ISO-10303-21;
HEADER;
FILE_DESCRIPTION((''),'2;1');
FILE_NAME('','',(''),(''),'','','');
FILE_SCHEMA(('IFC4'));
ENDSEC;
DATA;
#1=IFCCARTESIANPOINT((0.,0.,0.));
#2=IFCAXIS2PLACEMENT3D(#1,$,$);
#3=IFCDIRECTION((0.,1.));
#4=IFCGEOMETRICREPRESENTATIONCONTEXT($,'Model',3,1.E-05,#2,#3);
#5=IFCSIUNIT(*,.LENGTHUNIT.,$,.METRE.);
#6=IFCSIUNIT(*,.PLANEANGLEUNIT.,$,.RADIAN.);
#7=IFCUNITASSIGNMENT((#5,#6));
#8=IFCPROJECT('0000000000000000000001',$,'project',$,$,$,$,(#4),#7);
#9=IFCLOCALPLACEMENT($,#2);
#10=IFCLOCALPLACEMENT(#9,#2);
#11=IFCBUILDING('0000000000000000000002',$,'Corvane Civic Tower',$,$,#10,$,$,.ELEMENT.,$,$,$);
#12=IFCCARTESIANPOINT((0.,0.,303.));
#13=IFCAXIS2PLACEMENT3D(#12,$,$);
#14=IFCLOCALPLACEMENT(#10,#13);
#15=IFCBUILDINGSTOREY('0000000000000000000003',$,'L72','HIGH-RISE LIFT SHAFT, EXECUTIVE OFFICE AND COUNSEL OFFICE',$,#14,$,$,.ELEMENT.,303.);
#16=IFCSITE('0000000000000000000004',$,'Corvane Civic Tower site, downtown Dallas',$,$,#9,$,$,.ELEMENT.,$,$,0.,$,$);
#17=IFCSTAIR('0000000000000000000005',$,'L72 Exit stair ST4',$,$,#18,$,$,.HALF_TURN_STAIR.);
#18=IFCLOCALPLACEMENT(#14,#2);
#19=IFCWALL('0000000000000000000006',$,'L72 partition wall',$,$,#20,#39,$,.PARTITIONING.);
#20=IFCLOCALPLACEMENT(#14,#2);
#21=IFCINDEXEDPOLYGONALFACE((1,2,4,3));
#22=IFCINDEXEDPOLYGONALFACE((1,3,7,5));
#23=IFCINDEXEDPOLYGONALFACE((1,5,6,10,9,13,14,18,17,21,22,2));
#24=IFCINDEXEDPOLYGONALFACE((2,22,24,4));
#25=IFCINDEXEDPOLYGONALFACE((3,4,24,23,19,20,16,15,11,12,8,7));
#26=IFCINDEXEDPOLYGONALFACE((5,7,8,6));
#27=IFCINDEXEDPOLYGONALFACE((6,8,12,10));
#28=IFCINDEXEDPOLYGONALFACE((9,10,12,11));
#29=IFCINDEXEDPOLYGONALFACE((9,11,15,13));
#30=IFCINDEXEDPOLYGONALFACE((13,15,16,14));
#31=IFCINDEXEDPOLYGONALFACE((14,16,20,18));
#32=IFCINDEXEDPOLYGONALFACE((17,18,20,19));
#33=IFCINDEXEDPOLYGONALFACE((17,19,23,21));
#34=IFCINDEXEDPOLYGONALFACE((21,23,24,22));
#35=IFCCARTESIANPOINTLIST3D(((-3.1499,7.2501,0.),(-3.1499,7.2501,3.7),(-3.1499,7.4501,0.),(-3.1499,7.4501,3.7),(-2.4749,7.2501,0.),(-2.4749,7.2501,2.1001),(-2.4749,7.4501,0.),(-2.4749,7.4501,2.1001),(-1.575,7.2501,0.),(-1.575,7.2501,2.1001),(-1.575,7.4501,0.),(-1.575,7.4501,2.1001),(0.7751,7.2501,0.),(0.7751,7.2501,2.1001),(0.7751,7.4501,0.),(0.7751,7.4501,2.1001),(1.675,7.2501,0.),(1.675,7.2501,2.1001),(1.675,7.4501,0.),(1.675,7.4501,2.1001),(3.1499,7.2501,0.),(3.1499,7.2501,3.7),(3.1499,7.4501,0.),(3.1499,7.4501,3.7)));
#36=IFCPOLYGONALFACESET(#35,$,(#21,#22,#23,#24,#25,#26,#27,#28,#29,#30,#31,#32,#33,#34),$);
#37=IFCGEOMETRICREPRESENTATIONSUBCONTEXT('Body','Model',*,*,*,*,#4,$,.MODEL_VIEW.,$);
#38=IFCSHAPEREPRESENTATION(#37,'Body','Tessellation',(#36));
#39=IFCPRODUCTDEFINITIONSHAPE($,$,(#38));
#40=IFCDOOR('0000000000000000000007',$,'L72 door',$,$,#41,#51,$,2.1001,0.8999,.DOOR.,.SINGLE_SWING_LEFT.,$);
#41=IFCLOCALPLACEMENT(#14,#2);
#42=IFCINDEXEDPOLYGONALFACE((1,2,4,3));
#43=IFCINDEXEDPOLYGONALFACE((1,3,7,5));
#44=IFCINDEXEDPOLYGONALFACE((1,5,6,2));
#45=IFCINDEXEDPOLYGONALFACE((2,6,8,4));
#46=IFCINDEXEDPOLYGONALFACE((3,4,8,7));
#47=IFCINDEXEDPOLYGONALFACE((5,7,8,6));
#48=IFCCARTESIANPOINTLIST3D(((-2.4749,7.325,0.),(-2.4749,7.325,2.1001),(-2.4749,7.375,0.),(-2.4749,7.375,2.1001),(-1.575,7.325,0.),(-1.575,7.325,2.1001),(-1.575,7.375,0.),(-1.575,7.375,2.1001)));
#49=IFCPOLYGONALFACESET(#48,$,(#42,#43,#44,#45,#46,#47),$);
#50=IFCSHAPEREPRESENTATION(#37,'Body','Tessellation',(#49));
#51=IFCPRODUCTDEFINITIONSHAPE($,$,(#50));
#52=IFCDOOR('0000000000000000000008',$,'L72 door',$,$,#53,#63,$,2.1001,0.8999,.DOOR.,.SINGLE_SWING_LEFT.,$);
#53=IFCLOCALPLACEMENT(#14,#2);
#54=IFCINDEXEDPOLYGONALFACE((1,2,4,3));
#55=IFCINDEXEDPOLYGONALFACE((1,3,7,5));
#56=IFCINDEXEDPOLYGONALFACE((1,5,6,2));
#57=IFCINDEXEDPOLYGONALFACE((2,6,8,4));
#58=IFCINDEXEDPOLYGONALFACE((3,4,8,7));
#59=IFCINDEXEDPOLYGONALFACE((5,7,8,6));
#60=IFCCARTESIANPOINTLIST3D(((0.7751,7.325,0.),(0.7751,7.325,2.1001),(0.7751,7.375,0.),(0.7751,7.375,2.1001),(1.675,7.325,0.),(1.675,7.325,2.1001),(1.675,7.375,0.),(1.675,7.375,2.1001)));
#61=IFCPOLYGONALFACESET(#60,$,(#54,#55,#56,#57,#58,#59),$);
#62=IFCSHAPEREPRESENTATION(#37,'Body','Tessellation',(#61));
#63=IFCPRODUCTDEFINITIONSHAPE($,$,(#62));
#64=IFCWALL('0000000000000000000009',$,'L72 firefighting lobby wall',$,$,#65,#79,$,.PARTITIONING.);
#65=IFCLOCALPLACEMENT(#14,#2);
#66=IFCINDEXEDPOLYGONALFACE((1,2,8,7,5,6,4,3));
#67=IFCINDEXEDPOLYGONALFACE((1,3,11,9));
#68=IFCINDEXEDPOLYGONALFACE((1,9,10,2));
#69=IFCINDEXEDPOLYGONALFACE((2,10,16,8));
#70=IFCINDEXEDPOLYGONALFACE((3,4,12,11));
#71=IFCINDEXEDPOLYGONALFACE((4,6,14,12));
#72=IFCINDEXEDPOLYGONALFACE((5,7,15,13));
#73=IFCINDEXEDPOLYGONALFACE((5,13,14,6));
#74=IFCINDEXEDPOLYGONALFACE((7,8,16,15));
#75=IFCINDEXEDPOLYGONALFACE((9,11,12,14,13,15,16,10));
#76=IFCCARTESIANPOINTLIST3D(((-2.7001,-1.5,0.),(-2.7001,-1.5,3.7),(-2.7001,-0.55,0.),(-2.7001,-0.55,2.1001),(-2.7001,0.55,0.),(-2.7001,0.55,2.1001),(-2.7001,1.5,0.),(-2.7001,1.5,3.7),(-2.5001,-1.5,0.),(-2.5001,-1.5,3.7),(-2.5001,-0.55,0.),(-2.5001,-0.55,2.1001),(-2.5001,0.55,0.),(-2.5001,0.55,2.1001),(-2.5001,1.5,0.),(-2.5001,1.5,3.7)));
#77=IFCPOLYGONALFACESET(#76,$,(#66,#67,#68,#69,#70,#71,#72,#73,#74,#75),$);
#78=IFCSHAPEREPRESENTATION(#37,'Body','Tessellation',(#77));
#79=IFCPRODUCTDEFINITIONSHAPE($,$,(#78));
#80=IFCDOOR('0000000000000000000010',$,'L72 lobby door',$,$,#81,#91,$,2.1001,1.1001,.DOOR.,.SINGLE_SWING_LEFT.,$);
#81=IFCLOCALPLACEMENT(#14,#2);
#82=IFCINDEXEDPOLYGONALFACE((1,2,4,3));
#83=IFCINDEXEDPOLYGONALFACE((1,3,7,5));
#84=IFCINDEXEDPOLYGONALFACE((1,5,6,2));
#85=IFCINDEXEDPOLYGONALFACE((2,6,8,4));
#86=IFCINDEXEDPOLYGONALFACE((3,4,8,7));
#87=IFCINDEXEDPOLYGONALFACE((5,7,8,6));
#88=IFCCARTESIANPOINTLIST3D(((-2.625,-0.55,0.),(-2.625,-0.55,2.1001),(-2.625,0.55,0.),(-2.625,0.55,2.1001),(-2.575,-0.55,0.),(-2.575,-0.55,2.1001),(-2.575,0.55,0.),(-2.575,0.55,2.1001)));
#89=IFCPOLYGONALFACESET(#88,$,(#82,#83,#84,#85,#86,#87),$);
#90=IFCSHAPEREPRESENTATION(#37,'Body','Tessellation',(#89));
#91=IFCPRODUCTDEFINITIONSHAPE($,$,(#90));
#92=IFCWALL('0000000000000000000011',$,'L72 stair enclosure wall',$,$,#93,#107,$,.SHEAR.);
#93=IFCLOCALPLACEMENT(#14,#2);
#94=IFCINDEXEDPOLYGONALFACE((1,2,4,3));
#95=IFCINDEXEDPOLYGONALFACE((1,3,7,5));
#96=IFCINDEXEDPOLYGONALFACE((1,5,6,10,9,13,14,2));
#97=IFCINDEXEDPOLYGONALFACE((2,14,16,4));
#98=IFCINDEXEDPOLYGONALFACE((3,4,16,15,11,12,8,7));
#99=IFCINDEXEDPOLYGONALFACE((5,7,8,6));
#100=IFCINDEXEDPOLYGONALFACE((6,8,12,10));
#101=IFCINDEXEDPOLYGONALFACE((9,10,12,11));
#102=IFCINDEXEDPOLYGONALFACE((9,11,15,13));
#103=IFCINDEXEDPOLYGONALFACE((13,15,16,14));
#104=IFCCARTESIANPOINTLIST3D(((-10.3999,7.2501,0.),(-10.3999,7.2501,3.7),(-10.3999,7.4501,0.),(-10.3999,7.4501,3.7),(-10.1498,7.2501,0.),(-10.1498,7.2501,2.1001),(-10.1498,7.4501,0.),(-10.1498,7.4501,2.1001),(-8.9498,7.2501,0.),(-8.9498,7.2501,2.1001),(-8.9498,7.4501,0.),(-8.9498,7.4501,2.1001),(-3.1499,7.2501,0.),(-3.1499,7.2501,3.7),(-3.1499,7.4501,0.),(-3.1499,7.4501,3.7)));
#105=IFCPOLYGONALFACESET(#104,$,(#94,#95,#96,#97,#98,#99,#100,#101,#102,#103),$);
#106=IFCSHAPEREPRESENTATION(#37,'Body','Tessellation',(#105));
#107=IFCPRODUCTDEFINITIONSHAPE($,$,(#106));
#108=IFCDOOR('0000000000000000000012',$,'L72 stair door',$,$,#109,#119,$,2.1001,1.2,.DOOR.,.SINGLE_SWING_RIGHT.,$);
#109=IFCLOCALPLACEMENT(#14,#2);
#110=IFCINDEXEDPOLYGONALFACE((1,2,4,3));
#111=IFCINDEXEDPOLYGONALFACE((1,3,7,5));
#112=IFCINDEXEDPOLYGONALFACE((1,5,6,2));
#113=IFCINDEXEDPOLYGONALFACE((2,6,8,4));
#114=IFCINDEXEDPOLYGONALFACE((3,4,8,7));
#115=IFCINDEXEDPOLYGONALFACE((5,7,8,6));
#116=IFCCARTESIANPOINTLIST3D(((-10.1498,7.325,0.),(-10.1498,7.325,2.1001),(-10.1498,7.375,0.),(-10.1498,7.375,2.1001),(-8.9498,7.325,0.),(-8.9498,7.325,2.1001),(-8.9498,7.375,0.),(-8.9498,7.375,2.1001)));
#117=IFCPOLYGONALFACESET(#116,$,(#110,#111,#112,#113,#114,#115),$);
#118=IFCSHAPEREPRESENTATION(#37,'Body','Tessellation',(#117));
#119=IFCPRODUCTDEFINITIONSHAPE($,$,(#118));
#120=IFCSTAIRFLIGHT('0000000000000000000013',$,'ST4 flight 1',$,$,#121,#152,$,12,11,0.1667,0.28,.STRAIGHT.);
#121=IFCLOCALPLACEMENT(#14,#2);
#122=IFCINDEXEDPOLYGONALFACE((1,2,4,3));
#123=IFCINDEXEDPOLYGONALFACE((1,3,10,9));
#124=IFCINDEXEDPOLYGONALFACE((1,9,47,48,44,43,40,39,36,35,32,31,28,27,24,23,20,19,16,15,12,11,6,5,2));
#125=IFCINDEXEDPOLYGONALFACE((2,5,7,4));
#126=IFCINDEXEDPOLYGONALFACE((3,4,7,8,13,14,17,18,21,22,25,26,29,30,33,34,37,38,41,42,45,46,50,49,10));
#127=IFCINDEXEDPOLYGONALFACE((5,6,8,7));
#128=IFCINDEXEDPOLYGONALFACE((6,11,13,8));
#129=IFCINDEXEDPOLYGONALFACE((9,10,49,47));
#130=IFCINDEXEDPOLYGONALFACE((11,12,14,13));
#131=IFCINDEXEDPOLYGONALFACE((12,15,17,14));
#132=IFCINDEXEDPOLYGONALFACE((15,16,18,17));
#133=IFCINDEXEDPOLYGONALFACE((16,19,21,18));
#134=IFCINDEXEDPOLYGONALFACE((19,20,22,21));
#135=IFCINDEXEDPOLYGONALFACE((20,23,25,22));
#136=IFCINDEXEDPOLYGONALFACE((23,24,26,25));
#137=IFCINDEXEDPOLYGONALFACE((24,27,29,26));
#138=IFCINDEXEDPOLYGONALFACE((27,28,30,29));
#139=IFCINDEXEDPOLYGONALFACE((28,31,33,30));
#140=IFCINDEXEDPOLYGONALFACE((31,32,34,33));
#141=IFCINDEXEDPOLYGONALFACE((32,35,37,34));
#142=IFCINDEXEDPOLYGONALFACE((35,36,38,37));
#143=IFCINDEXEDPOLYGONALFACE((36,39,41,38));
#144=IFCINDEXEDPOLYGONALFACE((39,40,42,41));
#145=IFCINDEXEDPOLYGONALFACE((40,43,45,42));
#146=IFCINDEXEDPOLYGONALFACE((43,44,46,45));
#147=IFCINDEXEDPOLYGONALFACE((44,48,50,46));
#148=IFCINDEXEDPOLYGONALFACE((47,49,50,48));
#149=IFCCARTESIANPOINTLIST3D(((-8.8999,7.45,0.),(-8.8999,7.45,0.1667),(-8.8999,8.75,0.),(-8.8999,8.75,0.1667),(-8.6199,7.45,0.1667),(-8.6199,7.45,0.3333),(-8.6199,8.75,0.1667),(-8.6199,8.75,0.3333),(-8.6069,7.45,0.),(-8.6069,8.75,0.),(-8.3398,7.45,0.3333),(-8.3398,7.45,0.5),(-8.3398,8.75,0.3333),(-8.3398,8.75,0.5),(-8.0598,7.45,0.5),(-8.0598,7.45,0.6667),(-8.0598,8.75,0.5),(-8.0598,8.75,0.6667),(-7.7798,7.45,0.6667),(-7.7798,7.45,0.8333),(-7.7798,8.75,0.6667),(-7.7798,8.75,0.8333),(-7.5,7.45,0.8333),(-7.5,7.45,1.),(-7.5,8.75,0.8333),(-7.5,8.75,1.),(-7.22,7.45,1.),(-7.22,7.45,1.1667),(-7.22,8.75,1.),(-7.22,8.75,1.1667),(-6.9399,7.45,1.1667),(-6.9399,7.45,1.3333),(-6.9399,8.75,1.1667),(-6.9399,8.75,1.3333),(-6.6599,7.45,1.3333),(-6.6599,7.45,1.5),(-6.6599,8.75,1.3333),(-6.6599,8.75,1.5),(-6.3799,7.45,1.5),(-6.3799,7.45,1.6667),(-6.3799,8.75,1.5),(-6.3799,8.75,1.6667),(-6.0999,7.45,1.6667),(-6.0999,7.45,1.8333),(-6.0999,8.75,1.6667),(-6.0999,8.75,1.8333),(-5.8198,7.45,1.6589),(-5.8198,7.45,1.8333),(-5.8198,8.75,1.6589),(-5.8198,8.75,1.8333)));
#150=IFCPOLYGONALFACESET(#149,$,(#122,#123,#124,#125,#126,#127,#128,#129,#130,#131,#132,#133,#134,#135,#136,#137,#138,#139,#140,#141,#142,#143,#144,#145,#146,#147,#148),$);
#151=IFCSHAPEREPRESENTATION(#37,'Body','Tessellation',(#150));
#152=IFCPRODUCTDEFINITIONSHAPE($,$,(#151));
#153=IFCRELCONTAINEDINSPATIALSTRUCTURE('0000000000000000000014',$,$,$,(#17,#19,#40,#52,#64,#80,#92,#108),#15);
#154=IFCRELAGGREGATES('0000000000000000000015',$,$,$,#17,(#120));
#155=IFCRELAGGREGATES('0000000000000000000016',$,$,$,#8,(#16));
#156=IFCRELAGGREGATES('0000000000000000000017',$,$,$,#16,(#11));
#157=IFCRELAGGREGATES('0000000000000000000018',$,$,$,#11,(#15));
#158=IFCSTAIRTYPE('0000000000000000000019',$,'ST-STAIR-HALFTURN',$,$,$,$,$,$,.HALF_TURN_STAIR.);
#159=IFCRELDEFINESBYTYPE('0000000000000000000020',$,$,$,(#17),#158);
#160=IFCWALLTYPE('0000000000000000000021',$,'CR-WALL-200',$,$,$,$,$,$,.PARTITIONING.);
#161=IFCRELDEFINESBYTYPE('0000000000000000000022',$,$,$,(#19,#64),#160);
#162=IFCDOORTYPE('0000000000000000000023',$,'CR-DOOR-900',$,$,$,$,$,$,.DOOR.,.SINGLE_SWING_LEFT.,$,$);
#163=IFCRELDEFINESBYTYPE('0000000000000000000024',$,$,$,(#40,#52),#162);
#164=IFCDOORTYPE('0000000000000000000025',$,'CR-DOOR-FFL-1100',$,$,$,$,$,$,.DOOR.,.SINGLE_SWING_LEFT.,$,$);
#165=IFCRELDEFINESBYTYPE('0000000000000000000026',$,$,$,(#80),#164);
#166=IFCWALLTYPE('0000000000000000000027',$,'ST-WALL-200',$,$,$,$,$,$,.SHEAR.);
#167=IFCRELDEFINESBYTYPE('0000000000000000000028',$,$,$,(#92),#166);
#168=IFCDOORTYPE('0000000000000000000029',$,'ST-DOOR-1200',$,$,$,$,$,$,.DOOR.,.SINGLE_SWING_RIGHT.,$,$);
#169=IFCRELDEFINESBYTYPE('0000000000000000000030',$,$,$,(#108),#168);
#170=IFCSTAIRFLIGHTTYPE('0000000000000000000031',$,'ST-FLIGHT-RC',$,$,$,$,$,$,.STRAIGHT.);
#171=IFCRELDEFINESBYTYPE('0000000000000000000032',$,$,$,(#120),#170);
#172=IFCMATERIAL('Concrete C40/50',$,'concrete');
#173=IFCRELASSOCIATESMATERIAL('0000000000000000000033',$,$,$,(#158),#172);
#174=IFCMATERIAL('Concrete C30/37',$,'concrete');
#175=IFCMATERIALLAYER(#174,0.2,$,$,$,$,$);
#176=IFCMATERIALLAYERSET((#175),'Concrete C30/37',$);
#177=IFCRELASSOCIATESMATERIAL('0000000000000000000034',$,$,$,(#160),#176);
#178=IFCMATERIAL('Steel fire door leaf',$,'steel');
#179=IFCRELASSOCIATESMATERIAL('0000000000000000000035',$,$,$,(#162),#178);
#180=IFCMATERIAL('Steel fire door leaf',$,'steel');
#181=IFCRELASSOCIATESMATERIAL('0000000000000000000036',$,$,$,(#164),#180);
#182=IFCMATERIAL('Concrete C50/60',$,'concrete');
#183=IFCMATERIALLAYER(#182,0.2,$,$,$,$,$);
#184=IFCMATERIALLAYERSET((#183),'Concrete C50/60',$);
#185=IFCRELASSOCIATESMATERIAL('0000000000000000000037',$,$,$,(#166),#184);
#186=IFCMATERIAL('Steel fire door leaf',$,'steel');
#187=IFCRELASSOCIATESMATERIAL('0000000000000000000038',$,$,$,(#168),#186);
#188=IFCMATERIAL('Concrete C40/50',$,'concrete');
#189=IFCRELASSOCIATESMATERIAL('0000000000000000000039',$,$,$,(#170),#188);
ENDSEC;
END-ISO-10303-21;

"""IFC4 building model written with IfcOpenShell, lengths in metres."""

from ifc_helpers import new_model, si_unit, direction, frame, frame_2d, origin, place, context, subcontext, project, spatial, polyline, rectangle, outline, extrude, material, layer, layer_set, type_object, element, fill, aggregate, save


model = new_model("IFC4")

# Units and contexts
model_context = context("Model", 3, precision=1e-05, world=origin(), true_north=direction((0.0, 1.0)))
body_context = subcontext(model_context, "Body", "Model", "MODEL_VIEW")
ifc_project = project(units=[si_unit("LENGTHUNIT", "METRE"), si_unit("PLANEANGLEUNIT", "RADIAN")], contexts=[model_context])

# Site, building, storey
site_placement = place(None, origin())
site = spatial("IfcSite", under=ifc_project, at=site_placement, Name="Corvane Civic Tower site, downtown Dallas", CompositionType="ELEMENT", RefElevation=0.0)
building_placement = place(site_placement, origin())
building = spatial("IfcBuilding", under=site, at=building_placement, Name="Corvane Civic Tower", CompositionType="ELEMENT")
storey_placement = place(building_placement, frame((0.0, 0.0, 303.0)))
storey = spatial("IfcBuildingStorey", under=building, at=storey_placement, Name="L72", Description="HIGH-RISE LIFT SHAFT, EXECUTIVE OFFICE AND COUNSEL OFFICE", CompositionType="ELEMENT", Elevation=303.0)

# Stair
ifc_material_1 = material(Name="Concrete C40/50", Category="concrete")
stair_type = type_object("IfcStairType", Name="ST-STAIR-HALFTURN", PredefinedType="HALF_TURN_STAIR", material=ifc_material_1)
stair_1_placement = place(storey_placement, origin())
stair_1 = element("IfcStair", 1, at=stair_1_placement, inside=storey, type_object=stair_type, Name="L72 Exit stair ST4", PredefinedType="HALF_TURN_STAIR")

# Wall, openings, doors
ifc_material_2 = material(Name="Concrete C30/37", Category="concrete")
ifc_layer_1 = layer(ifc_material_2, 0.2)
ifc_layer_set_1 = layer_set([ifc_layer_1], Name="Concrete C30/37")
wall_type_1 = type_object("IfcWallType", Name="CR-WALL-200", PredefinedType="PARTITIONING", material=ifc_layer_set_1)
ifc_material_3 = material(Name="Steel fire door leaf", Category="steel")
door_type_1 = type_object("IfcDoorType", Name="CR-DOOR-900", OperationType="SINGLE_SWING_LEFT", PredefinedType="DOOR", material=ifc_material_3)
wall_1_placement = place(storey_placement, frame((-3.1499, 7.3501, 0.0), z_axis=(0.0, 0.0, 1.0), x_axis=(1.0, 0.0, 0.0)))
wall_1 = element("IfcWall", 2, at=wall_1_placement, inside=storey, type_object=wall_type_1, Name="L72 partition wall", PredefinedType="PARTITIONING", context=body_context, shape_type="SweptSolid", body=[
    extrude(rectangle(XDim=6.2998, YDim=0.2, at=frame_2d((3.1499, 0.0))), origin(), (0.0, 0.0, 1.0), 3.7),
])
opening_1_placement = place(wall_1_placement, frame((0.675, 0.0, 0.0)))
opening_1 = element("IfcOpeningElement", 3, at=opening_1_placement, cuts=wall_1, PredefinedType="OPENING", context=body_context, shape_type="SweptSolid", body=[
    extrude(rectangle(XDim=0.8999, YDim=2.1001, at=frame_2d((0.45, 1.05))), frame((0.0, 0.1099, 0.0), z_axis=(0.0, -1.0, 0.0), x_axis=(1.0, 0.0, 0.0)), (0.0, 0.0, 1.0), 0.22),
])
opening_2_placement = place(wall_1_placement, frame((3.925, 0.0, 0.0)))
opening_2 = element("IfcOpeningElement", 4, at=opening_2_placement, cuts=wall_1, PredefinedType="OPENING", context=body_context, shape_type="SweptSolid", body=[
    extrude(rectangle(XDim=0.8999, YDim=2.1001, at=frame_2d((0.45, 1.05))), frame((0.0, 0.1099, 0.0), z_axis=(0.0, -1.0, 0.0), x_axis=(1.0, 0.0, 0.0)), (0.0, 0.0, 1.0), 0.22),
])
door_1_placement = place(opening_1_placement, origin())
door_1 = element("IfcDoor", 5, at=door_1_placement, inside=storey, type_object=door_type_1, Name="L72 door", OperationType="SINGLE_SWING_LEFT", OverallHeight=2.1001, OverallWidth=0.8999, PredefinedType="DOOR", context=body_context, shape_type="SweptSolid", body=[
    extrude(rectangle(XDim=0.8999, YDim=2.1001, at=frame_2d((0.45, 1.05))), frame((0.0, 0.0249, 0.0), z_axis=(0.0, -1.0, 0.0), x_axis=(1.0, 0.0, 0.0)), (0.0, 0.0, 1.0), 0.05),
])
fill(opening_1, door_1)
door_2_placement = place(opening_2_placement, origin())
door_2 = element("IfcDoor", 6, at=door_2_placement, inside=storey, type_object=door_type_1, Name="L72 door", OperationType="SINGLE_SWING_LEFT", OverallHeight=2.1001, OverallWidth=0.8999, PredefinedType="DOOR", context=body_context, shape_type="SweptSolid", body=[
    extrude(rectangle(XDim=0.8999, YDim=2.1001, at=frame_2d((0.45, 1.05))), frame((0.0, 0.0249, 0.0), z_axis=(0.0, -1.0, 0.0), x_axis=(1.0, 0.0, 0.0)), (0.0, 0.0, 1.0), 0.05),
])
fill(opening_2, door_2)

# Walls, openings, doors
wall_2_placement = place(storey_placement, frame((-2.6001, -1.5, 0.0), z_axis=(0.0, 0.0, 1.0), x_axis=(0.0, 1.0, 0.0)))
wall_2 = element("IfcWall", 7, at=wall_2_placement, inside=storey, type_object=wall_type_1, Name="L72 firefighting lobby wall", PredefinedType="PARTITIONING", context=body_context, shape_type="SweptSolid", body=[
    extrude(rectangle(XDim=3.0, YDim=0.2, at=frame_2d((1.5, 0.0))), origin(), (0.0, 0.0, 1.0), 3.7),
])
opening_3_placement = place(wall_2_placement, frame((0.95, 0.0, 0.0)))
opening_3 = element("IfcOpeningElement", 8, at=opening_3_placement, cuts=wall_2, PredefinedType="OPENING", context=body_context, shape_type="SweptSolid", body=[
    extrude(rectangle(XDim=1.1001, YDim=2.1001, at=frame_2d((0.55, 1.05))), frame((0.0, 0.1099, 0.0), z_axis=(0.0, -1.0, 0.0), x_axis=(1.0, 0.0, 0.0)), (0.0, 0.0, 1.0), 0.22),
])
ifc_material_4 = material(Name="Steel fire door leaf", Category="steel")
door_type_2 = type_object("IfcDoorType", Name="CR-DOOR-FFL-1100", OperationType="SINGLE_SWING_LEFT", PredefinedType="DOOR", material=ifc_material_4)
door_3_placement = place(opening_3_placement, origin())
door_3 = element("IfcDoor", 9, at=door_3_placement, inside=storey, type_object=door_type_2, Name="L72 lobby door", OperationType="SINGLE_SWING_LEFT", OverallHeight=2.1001, OverallWidth=1.1001, PredefinedType="DOOR", context=body_context, shape_type="SweptSolid", body=[
    extrude(rectangle(XDim=1.1001, YDim=2.1001, at=frame_2d((0.55, 1.05))), frame((0.0, 0.0249, 0.0), z_axis=(0.0, -1.0, 0.0), x_axis=(1.0, 0.0, 0.0)), (0.0, 0.0, 1.0), 0.05),
])
fill(opening_3, door_3)
ifc_material_5 = material(Name="Concrete C50/60", Category="concrete")
ifc_layer_2 = layer(ifc_material_5, 0.2)
ifc_layer_set_2 = layer_set([ifc_layer_2], Name="Concrete C50/60")
wall_type_2 = type_object("IfcWallType", Name="ST-WALL-200", PredefinedType="SHEAR", material=ifc_layer_set_2)
wall_3_placement = place(storey_placement, frame((-10.3999, 7.3501, 0.0), z_axis=(0.0, 0.0, 1.0), x_axis=(1.0, 0.0, 0.0)))
wall_3 = element("IfcWall", 10, at=wall_3_placement, inside=storey, type_object=wall_type_2, Name="L72 stair enclosure wall", PredefinedType="SHEAR", context=body_context, shape_type="SweptSolid", body=[
    extrude(rectangle(XDim=7.25, YDim=0.2, at=frame_2d((3.625, 0.0))), origin(), (0.0, 0.0, 1.0), 3.7),
])
opening_4_placement = place(wall_3_placement, frame((0.25, 0.0, 0.0)))
opening_4 = element("IfcOpeningElement", 11, at=opening_4_placement, cuts=wall_3, PredefinedType="OPENING", context=body_context, shape_type="SweptSolid", body=[
    extrude(rectangle(XDim=1.2, YDim=2.1001, at=frame_2d((0.6001, 1.05))), frame((0.0, 0.1099, 0.0), z_axis=(0.0, -1.0, 0.0), x_axis=(1.0, 0.0, 0.0)), (0.0, 0.0, 1.0), 0.22),
])
ifc_material_6 = material(Name="Steel fire door leaf", Category="steel")
door_type_3 = type_object("IfcDoorType", Name="ST-DOOR-1200", OperationType="SINGLE_SWING_RIGHT", PredefinedType="DOOR", material=ifc_material_6)
door_4_placement = place(opening_4_placement, origin())
door_4 = element("IfcDoor", 12, at=door_4_placement, inside=storey, type_object=door_type_3, Name="L72 stair door", OperationType="SINGLE_SWING_RIGHT", OverallHeight=2.1001, OverallWidth=1.2, PredefinedType="DOOR", context=body_context, shape_type="SweptSolid", body=[
    extrude(rectangle(XDim=1.2, YDim=2.1001, at=frame_2d((0.6001, 1.05))), frame((0.0, 0.0249, 0.0), z_axis=(0.0, -1.0, 0.0), x_axis=(1.0, 0.0, 0.0)), (0.0, 0.0, 1.0), 0.05),
])
fill(opening_4, door_4)

# Stair flight
ifc_material_7 = material(Name="Concrete C40/50", Category="concrete")
stair_flight_type = type_object("IfcStairFlightType", Name="ST-FLIGHT-RC", PredefinedType="STRAIGHT", material=ifc_material_7)
stair_flight_1_placement = place(storey_placement, frame((-8.8999, 8.1001, 0.0), z_axis=(0.0, 0.0, 1.0), x_axis=(1.0, 0.0, 0.0)))
stair_flight_1 = element("IfcStairFlight", 13, at=stair_flight_1_placement, type_object=stair_flight_type, Name="ST4 flight 1", NumberOfRisers=12, NumberOfTreads=11, PredefinedType="STRAIGHT", RiserHeight=0.1667, TreadLength=0.28, context=body_context, shape_type="SweptSolid", body=[
    extrude(outline(polyline([(0.0, 0.0), (0.0, 0.1667), (0.28, 0.1667), (0.28, 0.3333), (0.5601, 0.3333), (0.5601, 0.5), (0.8401, 0.5), (0.8401, 0.6667), (1.1201, 0.6667), (1.1201, 0.8333), (1.3999, 0.8333), (1.3999, 1.0), (1.6799, 1.0), (1.6799, 1.1667), (1.96, 1.1667), (1.96, 1.3333), (2.24, 1.3333), (2.24, 1.5), (2.52, 1.5), (2.52, 1.6667), (2.8, 1.6667), (2.8, 1.8333), (3.0801, 1.8333), (3.0801, 2.0), (3.0801, 1.6589), (0.293, 0.0), (0.0, 0.0)])), frame((0.0, 0.6499, 0.0), z_axis=(0.0, -1.0, 0.0), x_axis=(1.0, 0.0, 0.0)), (0.0, 0.0, 1.0), 1.3),
])
aggregate(stair_1, [stair_flight_1])

save(model, "model.ifc")
